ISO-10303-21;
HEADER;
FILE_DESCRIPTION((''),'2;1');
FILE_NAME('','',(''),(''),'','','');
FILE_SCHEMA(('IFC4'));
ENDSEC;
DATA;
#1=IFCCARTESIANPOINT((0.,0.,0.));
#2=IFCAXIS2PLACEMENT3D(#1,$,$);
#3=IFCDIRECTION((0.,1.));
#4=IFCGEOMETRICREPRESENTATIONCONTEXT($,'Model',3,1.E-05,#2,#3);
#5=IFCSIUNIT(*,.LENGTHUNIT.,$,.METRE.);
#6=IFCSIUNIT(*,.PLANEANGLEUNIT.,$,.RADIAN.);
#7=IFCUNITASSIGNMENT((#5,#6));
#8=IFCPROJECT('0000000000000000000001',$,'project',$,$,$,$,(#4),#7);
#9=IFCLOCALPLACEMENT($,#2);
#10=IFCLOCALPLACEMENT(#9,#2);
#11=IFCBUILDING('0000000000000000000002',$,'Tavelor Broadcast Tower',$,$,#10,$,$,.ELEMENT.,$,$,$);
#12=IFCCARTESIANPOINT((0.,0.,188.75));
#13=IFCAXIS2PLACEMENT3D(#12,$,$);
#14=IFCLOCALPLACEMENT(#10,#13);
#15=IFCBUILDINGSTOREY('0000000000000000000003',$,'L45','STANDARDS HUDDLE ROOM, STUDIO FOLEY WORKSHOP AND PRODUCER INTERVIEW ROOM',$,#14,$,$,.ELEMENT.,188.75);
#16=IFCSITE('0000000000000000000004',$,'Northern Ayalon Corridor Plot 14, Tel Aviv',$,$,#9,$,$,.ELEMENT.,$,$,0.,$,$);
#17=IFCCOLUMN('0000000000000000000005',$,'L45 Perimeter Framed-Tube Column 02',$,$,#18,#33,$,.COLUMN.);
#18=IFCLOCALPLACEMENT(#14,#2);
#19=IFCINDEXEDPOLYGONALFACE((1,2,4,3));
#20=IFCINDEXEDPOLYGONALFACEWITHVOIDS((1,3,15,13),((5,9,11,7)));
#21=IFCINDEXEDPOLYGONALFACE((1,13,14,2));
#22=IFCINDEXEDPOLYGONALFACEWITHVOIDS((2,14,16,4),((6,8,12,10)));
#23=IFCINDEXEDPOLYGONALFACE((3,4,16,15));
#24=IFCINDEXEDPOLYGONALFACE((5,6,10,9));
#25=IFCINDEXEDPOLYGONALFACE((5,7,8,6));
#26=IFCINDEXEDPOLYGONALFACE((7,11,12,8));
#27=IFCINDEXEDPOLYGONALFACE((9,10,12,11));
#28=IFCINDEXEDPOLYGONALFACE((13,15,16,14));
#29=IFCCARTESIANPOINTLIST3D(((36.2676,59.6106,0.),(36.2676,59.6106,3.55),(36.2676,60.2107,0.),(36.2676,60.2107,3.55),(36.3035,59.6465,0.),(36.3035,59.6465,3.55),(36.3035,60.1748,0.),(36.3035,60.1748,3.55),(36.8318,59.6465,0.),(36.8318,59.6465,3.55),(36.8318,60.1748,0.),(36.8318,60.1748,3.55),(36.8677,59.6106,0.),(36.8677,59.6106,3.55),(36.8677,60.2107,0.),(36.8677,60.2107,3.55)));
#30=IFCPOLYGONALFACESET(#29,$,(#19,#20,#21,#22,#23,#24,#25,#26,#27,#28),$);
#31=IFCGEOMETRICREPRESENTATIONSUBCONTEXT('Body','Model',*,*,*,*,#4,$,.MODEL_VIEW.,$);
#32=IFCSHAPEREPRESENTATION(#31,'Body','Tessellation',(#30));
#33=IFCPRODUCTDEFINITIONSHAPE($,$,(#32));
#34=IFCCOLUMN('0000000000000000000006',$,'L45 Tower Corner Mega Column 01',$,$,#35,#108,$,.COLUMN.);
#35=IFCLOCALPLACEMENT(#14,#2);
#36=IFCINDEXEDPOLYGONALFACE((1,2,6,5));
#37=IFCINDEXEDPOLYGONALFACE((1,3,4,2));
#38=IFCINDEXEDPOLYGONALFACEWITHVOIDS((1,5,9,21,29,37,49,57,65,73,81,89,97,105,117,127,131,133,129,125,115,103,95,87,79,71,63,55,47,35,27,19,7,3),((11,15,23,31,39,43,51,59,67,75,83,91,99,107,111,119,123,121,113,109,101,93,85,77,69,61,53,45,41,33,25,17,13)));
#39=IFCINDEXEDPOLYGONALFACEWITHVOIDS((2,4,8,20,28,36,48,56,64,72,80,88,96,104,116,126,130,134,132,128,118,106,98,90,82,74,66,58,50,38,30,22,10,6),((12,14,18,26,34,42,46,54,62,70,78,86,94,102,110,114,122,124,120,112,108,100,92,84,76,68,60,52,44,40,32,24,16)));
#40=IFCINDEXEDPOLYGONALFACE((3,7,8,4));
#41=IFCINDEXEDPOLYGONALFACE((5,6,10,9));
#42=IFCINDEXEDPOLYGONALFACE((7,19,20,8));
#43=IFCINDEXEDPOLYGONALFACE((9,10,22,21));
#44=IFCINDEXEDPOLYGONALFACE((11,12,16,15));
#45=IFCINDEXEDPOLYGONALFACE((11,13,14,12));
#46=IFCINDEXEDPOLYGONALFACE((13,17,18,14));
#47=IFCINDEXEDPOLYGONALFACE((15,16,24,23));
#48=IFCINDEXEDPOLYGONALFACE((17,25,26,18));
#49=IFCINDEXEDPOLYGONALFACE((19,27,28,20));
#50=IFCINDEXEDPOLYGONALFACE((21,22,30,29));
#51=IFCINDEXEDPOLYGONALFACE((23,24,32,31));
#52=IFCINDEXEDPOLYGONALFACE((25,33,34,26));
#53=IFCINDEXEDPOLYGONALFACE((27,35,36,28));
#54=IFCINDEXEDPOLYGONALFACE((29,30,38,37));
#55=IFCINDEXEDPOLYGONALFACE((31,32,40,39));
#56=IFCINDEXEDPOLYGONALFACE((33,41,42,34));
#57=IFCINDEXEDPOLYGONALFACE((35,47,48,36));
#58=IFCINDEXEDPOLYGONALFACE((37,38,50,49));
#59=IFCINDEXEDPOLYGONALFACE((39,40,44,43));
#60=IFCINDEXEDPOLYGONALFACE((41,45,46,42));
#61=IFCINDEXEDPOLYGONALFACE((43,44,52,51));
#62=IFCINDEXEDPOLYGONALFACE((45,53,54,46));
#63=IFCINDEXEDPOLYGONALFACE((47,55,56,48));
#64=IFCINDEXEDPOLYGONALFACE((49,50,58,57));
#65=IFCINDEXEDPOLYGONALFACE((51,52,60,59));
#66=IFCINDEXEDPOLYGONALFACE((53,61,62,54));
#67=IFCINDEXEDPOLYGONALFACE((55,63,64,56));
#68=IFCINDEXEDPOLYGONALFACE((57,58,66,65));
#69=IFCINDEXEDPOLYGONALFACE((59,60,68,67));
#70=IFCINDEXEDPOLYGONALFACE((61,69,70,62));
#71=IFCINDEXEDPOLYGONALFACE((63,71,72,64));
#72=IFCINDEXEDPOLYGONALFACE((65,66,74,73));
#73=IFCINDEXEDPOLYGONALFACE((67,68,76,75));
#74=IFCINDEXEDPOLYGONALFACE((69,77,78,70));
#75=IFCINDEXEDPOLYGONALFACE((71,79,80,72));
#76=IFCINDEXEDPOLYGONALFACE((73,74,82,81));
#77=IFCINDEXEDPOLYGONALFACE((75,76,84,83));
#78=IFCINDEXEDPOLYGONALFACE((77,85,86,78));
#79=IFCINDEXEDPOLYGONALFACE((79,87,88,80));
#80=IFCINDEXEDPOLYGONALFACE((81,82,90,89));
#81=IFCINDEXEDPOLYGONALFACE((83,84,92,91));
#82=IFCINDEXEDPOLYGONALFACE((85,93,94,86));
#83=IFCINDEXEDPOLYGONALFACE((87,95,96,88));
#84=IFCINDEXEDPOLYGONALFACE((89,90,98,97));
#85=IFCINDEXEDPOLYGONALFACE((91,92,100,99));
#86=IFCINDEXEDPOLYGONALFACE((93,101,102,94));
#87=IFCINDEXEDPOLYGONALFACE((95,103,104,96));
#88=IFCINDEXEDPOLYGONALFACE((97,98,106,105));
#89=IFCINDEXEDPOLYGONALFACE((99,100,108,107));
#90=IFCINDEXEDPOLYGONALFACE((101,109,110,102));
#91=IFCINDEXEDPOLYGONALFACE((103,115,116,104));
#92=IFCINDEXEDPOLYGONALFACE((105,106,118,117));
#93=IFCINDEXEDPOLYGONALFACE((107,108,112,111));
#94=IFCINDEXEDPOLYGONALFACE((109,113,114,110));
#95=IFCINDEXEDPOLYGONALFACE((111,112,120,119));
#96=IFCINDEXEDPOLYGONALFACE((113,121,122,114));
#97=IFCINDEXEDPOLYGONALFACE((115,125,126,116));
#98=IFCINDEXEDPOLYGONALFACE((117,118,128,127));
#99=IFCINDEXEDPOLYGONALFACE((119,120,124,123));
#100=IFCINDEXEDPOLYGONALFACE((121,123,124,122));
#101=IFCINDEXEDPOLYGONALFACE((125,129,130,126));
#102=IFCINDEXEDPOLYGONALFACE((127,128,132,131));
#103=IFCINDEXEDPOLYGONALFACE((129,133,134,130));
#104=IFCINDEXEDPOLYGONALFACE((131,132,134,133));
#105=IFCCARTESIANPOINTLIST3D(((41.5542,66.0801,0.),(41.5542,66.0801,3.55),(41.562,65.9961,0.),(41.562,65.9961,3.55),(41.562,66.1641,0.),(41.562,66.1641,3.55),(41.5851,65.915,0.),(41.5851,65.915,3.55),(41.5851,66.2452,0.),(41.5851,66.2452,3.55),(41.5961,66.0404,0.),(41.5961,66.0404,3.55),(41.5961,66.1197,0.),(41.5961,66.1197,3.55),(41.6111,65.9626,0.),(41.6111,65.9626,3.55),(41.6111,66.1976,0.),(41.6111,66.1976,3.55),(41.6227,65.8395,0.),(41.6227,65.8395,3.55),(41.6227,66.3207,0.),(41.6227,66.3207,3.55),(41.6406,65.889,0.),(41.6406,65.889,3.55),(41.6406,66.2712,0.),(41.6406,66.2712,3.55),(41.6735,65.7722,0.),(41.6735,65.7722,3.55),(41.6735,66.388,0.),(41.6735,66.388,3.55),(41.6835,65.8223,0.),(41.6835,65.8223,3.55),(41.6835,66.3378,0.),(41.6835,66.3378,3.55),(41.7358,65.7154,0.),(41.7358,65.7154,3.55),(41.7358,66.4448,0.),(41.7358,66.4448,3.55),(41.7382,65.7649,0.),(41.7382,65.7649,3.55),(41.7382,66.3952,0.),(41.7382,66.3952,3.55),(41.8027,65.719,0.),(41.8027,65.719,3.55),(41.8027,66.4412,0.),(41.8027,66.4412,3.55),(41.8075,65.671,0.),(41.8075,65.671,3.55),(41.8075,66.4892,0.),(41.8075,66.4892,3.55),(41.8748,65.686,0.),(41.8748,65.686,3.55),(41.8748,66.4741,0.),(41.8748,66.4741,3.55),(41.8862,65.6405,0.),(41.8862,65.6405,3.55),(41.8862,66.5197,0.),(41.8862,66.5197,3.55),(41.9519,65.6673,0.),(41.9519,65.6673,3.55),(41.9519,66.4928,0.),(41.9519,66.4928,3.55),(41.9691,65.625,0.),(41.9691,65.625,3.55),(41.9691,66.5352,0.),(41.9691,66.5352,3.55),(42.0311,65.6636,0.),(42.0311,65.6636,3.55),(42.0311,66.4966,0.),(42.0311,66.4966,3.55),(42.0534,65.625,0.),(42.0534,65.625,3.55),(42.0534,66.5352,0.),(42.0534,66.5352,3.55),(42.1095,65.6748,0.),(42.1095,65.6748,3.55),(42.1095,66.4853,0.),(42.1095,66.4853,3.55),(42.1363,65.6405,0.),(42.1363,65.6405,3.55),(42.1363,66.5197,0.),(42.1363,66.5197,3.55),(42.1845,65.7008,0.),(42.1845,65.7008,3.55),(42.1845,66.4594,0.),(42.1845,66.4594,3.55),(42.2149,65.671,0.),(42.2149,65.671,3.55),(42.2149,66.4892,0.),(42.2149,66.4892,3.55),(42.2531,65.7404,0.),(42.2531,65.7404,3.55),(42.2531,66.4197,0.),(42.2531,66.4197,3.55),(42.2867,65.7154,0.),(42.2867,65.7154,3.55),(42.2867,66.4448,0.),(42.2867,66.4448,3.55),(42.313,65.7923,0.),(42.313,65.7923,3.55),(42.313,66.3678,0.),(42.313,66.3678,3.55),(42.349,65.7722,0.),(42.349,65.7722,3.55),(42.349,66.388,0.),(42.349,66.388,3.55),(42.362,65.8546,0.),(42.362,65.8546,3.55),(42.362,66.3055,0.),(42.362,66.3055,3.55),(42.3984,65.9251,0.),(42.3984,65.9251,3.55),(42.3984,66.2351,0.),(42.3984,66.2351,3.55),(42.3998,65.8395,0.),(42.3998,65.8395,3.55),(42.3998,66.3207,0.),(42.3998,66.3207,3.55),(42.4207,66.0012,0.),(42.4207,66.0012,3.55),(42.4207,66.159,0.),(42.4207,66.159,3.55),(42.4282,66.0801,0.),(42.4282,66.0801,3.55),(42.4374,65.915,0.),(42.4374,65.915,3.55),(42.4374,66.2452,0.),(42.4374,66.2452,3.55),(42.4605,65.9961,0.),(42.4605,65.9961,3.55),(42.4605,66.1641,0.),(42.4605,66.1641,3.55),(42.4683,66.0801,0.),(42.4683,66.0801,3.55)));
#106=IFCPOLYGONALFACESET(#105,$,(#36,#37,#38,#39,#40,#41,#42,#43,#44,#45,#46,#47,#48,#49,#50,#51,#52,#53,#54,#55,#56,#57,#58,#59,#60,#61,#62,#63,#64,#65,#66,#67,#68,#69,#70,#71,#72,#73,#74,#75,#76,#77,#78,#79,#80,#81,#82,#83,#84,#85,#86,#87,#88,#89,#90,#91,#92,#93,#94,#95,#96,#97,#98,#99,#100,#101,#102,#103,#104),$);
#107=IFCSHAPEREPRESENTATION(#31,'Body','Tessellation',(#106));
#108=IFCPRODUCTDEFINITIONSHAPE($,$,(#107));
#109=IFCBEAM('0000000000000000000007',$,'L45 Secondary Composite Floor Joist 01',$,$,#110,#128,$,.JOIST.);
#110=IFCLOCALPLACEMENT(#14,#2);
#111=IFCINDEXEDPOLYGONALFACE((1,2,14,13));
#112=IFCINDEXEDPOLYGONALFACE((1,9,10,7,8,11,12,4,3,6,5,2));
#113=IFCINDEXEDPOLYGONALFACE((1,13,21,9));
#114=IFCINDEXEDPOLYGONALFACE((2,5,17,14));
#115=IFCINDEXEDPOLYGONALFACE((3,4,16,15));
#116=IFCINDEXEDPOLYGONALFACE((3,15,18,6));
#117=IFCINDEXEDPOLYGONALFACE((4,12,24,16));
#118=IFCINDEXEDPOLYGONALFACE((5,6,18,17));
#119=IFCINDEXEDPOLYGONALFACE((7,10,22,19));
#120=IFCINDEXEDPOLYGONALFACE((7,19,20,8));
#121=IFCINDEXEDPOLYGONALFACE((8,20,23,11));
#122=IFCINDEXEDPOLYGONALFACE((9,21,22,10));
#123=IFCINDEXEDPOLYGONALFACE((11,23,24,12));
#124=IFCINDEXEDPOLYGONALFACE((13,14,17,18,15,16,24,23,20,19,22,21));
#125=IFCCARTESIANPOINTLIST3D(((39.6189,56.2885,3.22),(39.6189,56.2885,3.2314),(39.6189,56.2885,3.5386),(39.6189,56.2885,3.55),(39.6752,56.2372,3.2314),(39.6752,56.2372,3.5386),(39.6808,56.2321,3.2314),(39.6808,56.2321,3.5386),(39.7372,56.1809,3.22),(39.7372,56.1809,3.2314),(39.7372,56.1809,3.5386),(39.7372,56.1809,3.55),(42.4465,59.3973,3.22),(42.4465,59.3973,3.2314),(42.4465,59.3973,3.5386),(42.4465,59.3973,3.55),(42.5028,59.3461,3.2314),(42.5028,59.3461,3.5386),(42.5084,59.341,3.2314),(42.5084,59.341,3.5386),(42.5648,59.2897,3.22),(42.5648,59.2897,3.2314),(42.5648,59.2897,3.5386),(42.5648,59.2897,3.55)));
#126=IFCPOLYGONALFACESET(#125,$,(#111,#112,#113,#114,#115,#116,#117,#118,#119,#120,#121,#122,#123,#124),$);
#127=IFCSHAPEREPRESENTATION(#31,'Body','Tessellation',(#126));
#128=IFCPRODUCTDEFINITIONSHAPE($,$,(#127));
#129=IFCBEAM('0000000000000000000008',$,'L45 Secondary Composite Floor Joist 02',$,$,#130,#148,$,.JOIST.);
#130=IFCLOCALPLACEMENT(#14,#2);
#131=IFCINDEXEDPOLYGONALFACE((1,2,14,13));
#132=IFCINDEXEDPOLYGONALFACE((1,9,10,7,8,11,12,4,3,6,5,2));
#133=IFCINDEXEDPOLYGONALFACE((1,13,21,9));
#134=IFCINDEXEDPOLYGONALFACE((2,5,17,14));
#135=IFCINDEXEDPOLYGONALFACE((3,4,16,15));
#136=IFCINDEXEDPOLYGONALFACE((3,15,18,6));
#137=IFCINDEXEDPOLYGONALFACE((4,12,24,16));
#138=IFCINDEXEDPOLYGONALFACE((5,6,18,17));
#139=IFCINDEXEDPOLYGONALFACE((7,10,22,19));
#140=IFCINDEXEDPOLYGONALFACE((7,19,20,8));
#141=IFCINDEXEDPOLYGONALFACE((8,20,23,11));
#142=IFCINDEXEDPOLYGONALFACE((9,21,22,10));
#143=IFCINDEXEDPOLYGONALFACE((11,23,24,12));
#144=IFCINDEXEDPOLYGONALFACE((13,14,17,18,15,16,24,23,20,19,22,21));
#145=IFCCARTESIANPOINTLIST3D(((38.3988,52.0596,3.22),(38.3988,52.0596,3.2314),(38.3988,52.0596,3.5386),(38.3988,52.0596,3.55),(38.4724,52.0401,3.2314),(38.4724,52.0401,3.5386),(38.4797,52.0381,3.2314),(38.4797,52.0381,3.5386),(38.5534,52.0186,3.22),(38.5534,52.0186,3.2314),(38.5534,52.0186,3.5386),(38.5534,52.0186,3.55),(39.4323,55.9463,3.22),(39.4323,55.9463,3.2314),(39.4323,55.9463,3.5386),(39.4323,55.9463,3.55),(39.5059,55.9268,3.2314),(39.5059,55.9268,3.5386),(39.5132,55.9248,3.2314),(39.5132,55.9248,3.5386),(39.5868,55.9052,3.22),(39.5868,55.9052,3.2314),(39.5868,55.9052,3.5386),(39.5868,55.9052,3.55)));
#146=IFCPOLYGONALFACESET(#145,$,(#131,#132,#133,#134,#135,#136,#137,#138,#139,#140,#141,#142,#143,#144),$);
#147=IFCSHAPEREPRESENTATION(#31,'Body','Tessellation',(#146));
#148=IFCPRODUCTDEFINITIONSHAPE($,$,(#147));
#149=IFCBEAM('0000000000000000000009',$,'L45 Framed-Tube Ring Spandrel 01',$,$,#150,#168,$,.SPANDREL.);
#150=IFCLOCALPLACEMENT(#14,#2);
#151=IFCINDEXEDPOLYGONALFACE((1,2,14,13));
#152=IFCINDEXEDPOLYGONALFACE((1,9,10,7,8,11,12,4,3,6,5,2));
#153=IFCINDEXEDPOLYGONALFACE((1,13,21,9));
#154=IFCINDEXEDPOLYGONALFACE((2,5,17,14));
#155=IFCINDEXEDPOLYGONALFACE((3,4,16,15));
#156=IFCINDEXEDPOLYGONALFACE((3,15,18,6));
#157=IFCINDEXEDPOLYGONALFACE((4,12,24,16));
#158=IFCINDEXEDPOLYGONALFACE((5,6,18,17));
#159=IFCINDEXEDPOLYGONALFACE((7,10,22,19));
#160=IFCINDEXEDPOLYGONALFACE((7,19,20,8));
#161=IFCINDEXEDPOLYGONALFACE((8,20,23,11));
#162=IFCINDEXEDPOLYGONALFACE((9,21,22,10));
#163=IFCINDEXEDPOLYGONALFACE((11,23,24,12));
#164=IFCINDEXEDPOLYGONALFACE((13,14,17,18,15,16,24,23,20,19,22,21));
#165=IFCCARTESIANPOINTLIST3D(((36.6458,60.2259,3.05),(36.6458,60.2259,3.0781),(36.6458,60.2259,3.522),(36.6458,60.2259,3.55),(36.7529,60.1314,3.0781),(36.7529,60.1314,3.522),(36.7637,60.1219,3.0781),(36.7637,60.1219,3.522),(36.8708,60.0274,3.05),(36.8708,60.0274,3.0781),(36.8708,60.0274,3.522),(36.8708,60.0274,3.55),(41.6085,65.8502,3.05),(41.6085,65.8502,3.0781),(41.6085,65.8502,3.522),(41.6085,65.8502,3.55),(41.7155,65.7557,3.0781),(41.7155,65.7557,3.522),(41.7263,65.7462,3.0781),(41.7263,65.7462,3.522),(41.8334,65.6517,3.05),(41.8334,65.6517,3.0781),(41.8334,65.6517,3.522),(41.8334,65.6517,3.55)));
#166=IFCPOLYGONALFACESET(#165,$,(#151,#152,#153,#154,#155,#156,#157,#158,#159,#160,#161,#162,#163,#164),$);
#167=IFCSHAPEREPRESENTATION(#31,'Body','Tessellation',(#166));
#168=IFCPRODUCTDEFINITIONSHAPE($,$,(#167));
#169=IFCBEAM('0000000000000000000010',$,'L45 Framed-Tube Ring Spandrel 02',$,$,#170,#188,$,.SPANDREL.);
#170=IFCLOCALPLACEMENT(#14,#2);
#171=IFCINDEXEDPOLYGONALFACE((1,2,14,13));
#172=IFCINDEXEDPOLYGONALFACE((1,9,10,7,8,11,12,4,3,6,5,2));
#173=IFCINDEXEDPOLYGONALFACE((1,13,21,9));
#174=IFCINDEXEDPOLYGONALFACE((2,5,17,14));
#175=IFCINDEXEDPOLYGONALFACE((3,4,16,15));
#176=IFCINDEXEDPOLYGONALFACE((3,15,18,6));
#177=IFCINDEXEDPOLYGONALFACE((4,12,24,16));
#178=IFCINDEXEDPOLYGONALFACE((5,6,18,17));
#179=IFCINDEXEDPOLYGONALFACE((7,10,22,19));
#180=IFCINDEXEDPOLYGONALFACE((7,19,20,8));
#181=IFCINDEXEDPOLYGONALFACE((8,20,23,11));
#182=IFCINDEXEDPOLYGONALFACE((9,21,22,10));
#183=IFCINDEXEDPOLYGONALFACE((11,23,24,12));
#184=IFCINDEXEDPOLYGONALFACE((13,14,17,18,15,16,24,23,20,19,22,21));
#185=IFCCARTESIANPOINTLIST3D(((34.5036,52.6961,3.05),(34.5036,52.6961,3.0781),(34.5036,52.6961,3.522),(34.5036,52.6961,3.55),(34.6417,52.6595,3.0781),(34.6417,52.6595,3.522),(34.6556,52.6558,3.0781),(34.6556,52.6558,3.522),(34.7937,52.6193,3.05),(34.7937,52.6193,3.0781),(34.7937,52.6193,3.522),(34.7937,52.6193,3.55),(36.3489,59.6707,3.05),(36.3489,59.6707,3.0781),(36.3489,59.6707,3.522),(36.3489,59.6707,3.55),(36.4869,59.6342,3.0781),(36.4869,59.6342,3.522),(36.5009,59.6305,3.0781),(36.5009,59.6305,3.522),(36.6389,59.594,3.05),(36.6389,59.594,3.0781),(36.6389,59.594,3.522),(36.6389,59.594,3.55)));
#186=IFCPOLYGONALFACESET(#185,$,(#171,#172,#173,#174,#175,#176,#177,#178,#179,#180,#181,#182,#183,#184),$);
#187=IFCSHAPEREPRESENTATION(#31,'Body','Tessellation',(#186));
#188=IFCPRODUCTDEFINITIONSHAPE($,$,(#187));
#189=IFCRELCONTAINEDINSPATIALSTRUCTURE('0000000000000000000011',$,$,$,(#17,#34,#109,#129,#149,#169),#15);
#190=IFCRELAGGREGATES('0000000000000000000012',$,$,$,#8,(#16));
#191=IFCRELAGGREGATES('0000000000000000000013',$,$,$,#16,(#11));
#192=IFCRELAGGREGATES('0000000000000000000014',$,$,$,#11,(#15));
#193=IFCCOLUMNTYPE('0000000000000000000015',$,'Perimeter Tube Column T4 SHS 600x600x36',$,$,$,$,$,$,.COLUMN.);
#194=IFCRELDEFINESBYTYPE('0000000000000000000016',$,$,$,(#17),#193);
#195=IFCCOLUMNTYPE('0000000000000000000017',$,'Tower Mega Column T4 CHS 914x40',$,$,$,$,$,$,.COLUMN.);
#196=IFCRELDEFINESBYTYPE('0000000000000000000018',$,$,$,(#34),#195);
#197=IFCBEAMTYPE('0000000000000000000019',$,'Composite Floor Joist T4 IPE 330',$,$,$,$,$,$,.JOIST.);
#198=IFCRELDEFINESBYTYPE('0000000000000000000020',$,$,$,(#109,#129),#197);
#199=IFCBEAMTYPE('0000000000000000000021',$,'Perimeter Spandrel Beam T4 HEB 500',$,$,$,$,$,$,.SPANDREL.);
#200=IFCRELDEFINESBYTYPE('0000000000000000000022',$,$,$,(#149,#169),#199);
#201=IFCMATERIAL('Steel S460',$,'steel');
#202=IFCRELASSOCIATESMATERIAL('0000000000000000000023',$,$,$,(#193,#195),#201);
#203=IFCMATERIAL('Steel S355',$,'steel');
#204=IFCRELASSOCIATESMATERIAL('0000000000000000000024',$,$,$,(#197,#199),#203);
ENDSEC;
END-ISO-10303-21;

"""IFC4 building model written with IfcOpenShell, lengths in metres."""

from ifc_helpers import new_model, si_unit, direction, frame, origin, origin_2d, place, context, subcontext, project, spatial, hollow_rectangle, hollow_circle, i_section, extrude, material, material_profile, profile_set, type_object, element, save


model = new_model("IFC4")

# Units and contexts
model_context = context("Model", 3, precision=1e-05, world=origin(), true_north=direction((0.0, 1.0)))
body_context = subcontext(model_context, "Body", "Model", "MODEL_VIEW")
ifc_project = project(units=[si_unit("LENGTHUNIT", "METRE"), si_unit("PLANEANGLEUNIT", "RADIAN")], contexts=[model_context])

# Site, building, storey
site_placement = place(None, origin())
site = spatial("IfcSite", under=ifc_project, at=site_placement, Name="Northern Ayalon Corridor Plot 14, Tel Aviv", CompositionType="ELEMENT", RefElevation=0.0)
building_placement = place(site_placement, origin())
building = spatial("IfcBuilding", under=site, at=building_placement, Name="Tavelor Broadcast Tower", CompositionType="ELEMENT")
storey_placement = place(building_placement, frame((0.0, 0.0, 188.75)))
storey = spatial("IfcBuildingStorey", under=building, at=storey_placement, Name="L45", Description="STANDARDS HUDDLE ROOM, STUDIO FOLEY WORKSHOP AND PRODUCER INTERVIEW ROOM", CompositionType="ELEMENT", Elevation=188.75)

# Columns
ifc_material_1 = material(Name="Steel S460", Category="steel")
ifc_material_profile_1 = material_profile(ifc_material_1, hollow_rectangle(XDim=0.6001, YDim=0.6001, WallThickness=0.0359, at=origin_2d()), Name="SHS 600x600x36")
ifc_profile_set_1 = profile_set([ifc_material_profile_1], Name="Steel S460")
column_type_1 = type_object("IfcColumnType", Name="Perimeter Tube Column T4 SHS 600x600x36", PredefinedType="COLUMN", material=ifc_profile_set_1)
column_1_placement = place(storey_placement, frame((36.5676, 59.9106, 0.0), z_axis=(0.0, 0.0, 1.0), x_axis=(1.0, 0.0, 0.0)))
element("IfcColumn", 1, at=column_1_placement, inside=storey, type_object=column_type_1, Name="L45 Perimeter Framed-Tube Column 02", PredefinedType="COLUMN", context=body_context, shape_type="SweptSolid", body=[
    extrude(hollow_rectangle(XDim=0.6001, YDim=0.6001, WallThickness=0.0359, at=origin_2d()), origin(), (0.0, 0.0, 1.0), 3.55),
])
ifc_material_profile_2 = material_profile(ifc_material_1, hollow_circle(Radius=0.457, WallThickness=0.04, at=origin_2d()), Name="CHS 914x40")
ifc_profile_set_2 = profile_set([ifc_material_profile_2], Name="Steel S460")
column_type_2 = type_object("IfcColumnType", Name="Tower Mega Column T4 CHS 914x40", PredefinedType="COLUMN", material=ifc_profile_set_2)
column_2_placement = place(storey_placement, frame((42.0112, 66.0801, 0.0), z_axis=(0.0, 0.0, 1.0), x_axis=(1.0, 0.0, 0.0)))
element("IfcColumn", 2, at=column_2_placement, inside=storey, type_object=column_type_2, Name="L45 Tower Corner Mega Column 01", PredefinedType="COLUMN", context=body_context, shape_type="SweptSolid", body=[
    extrude(hollow_circle(Radius=0.457, WallThickness=0.04, at=origin_2d()), origin(), (0.0, 0.0, 1.0), 3.55),
])

# Beams
ifc_material_2 = material(Name="Steel S355", Category="steel")
ifc_material_profile_3 = material_profile(ifc_material_2, i_section(OverallWidth=0.1599, OverallDepth=0.3301, WebThickness=0.0076, FlangeThickness=0.0115, at=origin_2d()), Name="IPE 330")
ifc_profile_set_3 = profile_set([ifc_material_profile_3], Name="Steel S355")
beam_type_1 = type_object("IfcBeamType", Name="Composite Floor Joist T4 IPE 330", PredefinedType="JOIST", material=ifc_profile_set_3)
beam_1_placement = place(storey_placement, frame((42.5056, 59.3435, 3.385), z_axis=(-0.672852, -0.739777, 0.0), x_axis=(0.739777, -0.672852, 0.0)))
element("IfcBeam", 3, at=beam_1_placement, inside=storey, type_object=beam_type_1, Name="L45 Secondary Composite Floor Joist 01", PredefinedType="JOIST", context=body_context, shape_type="SweptSolid", body=[
    extrude(i_section(OverallWidth=0.1599, OverallDepth=0.3301, WebThickness=0.0076, FlangeThickness=0.0115, at=origin_2d()), origin(), (0.0, 0.0, 1.0), 4.2024),
])
beam_2_placement = place(storey_placement, frame((39.5095, 55.9258, 3.385), z_axis=(-0.256964, -0.966421, 0.0), x_axis=(0.966421, -0.256964, 0.0)))
element("IfcBeam", 4, at=beam_2_placement, inside=storey, type_object=beam_type_1, Name="L45 Secondary Composite Floor Joist 02", PredefinedType="JOIST", context=body_context, shape_type="SweptSolid", body=[
    extrude(i_section(OverallWidth=0.1599, OverallDepth=0.3301, WebThickness=0.0076, FlangeThickness=0.0115, at=origin_2d()), origin(), (0.0, 0.0, 1.0), 4.0217),
])
ifc_material_profile_4 = material_profile(ifc_material_2, i_section(OverallWidth=0.3, OverallDepth=0.5, WebThickness=0.0144, FlangeThickness=0.0281, at=origin_2d()), Name="HEB 500")
ifc_profile_set_4 = profile_set([ifc_material_profile_4], Name="Steel S355")
beam_type_2 = type_object("IfcBeamType", Name="Perimeter Spandrel Beam T4 HEB 500", PredefinedType="SPANDREL", material=ifc_profile_set_4)
beam_3_placement = place(storey_placement, frame((41.7209, 65.751, 3.3), z_axis=(-0.661626, -0.749834, 0.0), x_axis=(0.749834, -0.661626, 0.0)))
element("IfcBeam", 5, at=beam_3_placement, inside=storey, type_object=beam_type_2, Name="L45 Framed-Tube Ring Spandrel 01", PredefinedType="SPANDREL", context=body_context, shape_type="SweptSolid", body=[
    extrude(i_section(OverallWidth=0.3, OverallDepth=0.5, WebThickness=0.0144, FlangeThickness=0.0281, at=origin_2d()), origin(), (0.0, 0.0, 1.0), 7.5007),
])
beam_4_placement = place(storey_placement, frame((36.4939, 59.6323, 3.3), z_axis=(-0.255762, -0.96674, 0.0), x_axis=(0.96674, -0.255762, 0.0)))
element("IfcBeam", 6, at=beam_4_placement, inside=storey, type_object=beam_type_2, Name="L45 Framed-Tube Ring Spandrel 02", PredefinedType="SPANDREL", context=body_context, shape_type="SweptSolid", body=[
    extrude(i_section(OverallWidth=0.3, OverallDepth=0.5, WebThickness=0.0144, FlangeThickness=0.0281, at=origin_2d()), origin(), (0.0, 0.0, 1.0), 7.2146),
])

save(model, "model.ifc")
